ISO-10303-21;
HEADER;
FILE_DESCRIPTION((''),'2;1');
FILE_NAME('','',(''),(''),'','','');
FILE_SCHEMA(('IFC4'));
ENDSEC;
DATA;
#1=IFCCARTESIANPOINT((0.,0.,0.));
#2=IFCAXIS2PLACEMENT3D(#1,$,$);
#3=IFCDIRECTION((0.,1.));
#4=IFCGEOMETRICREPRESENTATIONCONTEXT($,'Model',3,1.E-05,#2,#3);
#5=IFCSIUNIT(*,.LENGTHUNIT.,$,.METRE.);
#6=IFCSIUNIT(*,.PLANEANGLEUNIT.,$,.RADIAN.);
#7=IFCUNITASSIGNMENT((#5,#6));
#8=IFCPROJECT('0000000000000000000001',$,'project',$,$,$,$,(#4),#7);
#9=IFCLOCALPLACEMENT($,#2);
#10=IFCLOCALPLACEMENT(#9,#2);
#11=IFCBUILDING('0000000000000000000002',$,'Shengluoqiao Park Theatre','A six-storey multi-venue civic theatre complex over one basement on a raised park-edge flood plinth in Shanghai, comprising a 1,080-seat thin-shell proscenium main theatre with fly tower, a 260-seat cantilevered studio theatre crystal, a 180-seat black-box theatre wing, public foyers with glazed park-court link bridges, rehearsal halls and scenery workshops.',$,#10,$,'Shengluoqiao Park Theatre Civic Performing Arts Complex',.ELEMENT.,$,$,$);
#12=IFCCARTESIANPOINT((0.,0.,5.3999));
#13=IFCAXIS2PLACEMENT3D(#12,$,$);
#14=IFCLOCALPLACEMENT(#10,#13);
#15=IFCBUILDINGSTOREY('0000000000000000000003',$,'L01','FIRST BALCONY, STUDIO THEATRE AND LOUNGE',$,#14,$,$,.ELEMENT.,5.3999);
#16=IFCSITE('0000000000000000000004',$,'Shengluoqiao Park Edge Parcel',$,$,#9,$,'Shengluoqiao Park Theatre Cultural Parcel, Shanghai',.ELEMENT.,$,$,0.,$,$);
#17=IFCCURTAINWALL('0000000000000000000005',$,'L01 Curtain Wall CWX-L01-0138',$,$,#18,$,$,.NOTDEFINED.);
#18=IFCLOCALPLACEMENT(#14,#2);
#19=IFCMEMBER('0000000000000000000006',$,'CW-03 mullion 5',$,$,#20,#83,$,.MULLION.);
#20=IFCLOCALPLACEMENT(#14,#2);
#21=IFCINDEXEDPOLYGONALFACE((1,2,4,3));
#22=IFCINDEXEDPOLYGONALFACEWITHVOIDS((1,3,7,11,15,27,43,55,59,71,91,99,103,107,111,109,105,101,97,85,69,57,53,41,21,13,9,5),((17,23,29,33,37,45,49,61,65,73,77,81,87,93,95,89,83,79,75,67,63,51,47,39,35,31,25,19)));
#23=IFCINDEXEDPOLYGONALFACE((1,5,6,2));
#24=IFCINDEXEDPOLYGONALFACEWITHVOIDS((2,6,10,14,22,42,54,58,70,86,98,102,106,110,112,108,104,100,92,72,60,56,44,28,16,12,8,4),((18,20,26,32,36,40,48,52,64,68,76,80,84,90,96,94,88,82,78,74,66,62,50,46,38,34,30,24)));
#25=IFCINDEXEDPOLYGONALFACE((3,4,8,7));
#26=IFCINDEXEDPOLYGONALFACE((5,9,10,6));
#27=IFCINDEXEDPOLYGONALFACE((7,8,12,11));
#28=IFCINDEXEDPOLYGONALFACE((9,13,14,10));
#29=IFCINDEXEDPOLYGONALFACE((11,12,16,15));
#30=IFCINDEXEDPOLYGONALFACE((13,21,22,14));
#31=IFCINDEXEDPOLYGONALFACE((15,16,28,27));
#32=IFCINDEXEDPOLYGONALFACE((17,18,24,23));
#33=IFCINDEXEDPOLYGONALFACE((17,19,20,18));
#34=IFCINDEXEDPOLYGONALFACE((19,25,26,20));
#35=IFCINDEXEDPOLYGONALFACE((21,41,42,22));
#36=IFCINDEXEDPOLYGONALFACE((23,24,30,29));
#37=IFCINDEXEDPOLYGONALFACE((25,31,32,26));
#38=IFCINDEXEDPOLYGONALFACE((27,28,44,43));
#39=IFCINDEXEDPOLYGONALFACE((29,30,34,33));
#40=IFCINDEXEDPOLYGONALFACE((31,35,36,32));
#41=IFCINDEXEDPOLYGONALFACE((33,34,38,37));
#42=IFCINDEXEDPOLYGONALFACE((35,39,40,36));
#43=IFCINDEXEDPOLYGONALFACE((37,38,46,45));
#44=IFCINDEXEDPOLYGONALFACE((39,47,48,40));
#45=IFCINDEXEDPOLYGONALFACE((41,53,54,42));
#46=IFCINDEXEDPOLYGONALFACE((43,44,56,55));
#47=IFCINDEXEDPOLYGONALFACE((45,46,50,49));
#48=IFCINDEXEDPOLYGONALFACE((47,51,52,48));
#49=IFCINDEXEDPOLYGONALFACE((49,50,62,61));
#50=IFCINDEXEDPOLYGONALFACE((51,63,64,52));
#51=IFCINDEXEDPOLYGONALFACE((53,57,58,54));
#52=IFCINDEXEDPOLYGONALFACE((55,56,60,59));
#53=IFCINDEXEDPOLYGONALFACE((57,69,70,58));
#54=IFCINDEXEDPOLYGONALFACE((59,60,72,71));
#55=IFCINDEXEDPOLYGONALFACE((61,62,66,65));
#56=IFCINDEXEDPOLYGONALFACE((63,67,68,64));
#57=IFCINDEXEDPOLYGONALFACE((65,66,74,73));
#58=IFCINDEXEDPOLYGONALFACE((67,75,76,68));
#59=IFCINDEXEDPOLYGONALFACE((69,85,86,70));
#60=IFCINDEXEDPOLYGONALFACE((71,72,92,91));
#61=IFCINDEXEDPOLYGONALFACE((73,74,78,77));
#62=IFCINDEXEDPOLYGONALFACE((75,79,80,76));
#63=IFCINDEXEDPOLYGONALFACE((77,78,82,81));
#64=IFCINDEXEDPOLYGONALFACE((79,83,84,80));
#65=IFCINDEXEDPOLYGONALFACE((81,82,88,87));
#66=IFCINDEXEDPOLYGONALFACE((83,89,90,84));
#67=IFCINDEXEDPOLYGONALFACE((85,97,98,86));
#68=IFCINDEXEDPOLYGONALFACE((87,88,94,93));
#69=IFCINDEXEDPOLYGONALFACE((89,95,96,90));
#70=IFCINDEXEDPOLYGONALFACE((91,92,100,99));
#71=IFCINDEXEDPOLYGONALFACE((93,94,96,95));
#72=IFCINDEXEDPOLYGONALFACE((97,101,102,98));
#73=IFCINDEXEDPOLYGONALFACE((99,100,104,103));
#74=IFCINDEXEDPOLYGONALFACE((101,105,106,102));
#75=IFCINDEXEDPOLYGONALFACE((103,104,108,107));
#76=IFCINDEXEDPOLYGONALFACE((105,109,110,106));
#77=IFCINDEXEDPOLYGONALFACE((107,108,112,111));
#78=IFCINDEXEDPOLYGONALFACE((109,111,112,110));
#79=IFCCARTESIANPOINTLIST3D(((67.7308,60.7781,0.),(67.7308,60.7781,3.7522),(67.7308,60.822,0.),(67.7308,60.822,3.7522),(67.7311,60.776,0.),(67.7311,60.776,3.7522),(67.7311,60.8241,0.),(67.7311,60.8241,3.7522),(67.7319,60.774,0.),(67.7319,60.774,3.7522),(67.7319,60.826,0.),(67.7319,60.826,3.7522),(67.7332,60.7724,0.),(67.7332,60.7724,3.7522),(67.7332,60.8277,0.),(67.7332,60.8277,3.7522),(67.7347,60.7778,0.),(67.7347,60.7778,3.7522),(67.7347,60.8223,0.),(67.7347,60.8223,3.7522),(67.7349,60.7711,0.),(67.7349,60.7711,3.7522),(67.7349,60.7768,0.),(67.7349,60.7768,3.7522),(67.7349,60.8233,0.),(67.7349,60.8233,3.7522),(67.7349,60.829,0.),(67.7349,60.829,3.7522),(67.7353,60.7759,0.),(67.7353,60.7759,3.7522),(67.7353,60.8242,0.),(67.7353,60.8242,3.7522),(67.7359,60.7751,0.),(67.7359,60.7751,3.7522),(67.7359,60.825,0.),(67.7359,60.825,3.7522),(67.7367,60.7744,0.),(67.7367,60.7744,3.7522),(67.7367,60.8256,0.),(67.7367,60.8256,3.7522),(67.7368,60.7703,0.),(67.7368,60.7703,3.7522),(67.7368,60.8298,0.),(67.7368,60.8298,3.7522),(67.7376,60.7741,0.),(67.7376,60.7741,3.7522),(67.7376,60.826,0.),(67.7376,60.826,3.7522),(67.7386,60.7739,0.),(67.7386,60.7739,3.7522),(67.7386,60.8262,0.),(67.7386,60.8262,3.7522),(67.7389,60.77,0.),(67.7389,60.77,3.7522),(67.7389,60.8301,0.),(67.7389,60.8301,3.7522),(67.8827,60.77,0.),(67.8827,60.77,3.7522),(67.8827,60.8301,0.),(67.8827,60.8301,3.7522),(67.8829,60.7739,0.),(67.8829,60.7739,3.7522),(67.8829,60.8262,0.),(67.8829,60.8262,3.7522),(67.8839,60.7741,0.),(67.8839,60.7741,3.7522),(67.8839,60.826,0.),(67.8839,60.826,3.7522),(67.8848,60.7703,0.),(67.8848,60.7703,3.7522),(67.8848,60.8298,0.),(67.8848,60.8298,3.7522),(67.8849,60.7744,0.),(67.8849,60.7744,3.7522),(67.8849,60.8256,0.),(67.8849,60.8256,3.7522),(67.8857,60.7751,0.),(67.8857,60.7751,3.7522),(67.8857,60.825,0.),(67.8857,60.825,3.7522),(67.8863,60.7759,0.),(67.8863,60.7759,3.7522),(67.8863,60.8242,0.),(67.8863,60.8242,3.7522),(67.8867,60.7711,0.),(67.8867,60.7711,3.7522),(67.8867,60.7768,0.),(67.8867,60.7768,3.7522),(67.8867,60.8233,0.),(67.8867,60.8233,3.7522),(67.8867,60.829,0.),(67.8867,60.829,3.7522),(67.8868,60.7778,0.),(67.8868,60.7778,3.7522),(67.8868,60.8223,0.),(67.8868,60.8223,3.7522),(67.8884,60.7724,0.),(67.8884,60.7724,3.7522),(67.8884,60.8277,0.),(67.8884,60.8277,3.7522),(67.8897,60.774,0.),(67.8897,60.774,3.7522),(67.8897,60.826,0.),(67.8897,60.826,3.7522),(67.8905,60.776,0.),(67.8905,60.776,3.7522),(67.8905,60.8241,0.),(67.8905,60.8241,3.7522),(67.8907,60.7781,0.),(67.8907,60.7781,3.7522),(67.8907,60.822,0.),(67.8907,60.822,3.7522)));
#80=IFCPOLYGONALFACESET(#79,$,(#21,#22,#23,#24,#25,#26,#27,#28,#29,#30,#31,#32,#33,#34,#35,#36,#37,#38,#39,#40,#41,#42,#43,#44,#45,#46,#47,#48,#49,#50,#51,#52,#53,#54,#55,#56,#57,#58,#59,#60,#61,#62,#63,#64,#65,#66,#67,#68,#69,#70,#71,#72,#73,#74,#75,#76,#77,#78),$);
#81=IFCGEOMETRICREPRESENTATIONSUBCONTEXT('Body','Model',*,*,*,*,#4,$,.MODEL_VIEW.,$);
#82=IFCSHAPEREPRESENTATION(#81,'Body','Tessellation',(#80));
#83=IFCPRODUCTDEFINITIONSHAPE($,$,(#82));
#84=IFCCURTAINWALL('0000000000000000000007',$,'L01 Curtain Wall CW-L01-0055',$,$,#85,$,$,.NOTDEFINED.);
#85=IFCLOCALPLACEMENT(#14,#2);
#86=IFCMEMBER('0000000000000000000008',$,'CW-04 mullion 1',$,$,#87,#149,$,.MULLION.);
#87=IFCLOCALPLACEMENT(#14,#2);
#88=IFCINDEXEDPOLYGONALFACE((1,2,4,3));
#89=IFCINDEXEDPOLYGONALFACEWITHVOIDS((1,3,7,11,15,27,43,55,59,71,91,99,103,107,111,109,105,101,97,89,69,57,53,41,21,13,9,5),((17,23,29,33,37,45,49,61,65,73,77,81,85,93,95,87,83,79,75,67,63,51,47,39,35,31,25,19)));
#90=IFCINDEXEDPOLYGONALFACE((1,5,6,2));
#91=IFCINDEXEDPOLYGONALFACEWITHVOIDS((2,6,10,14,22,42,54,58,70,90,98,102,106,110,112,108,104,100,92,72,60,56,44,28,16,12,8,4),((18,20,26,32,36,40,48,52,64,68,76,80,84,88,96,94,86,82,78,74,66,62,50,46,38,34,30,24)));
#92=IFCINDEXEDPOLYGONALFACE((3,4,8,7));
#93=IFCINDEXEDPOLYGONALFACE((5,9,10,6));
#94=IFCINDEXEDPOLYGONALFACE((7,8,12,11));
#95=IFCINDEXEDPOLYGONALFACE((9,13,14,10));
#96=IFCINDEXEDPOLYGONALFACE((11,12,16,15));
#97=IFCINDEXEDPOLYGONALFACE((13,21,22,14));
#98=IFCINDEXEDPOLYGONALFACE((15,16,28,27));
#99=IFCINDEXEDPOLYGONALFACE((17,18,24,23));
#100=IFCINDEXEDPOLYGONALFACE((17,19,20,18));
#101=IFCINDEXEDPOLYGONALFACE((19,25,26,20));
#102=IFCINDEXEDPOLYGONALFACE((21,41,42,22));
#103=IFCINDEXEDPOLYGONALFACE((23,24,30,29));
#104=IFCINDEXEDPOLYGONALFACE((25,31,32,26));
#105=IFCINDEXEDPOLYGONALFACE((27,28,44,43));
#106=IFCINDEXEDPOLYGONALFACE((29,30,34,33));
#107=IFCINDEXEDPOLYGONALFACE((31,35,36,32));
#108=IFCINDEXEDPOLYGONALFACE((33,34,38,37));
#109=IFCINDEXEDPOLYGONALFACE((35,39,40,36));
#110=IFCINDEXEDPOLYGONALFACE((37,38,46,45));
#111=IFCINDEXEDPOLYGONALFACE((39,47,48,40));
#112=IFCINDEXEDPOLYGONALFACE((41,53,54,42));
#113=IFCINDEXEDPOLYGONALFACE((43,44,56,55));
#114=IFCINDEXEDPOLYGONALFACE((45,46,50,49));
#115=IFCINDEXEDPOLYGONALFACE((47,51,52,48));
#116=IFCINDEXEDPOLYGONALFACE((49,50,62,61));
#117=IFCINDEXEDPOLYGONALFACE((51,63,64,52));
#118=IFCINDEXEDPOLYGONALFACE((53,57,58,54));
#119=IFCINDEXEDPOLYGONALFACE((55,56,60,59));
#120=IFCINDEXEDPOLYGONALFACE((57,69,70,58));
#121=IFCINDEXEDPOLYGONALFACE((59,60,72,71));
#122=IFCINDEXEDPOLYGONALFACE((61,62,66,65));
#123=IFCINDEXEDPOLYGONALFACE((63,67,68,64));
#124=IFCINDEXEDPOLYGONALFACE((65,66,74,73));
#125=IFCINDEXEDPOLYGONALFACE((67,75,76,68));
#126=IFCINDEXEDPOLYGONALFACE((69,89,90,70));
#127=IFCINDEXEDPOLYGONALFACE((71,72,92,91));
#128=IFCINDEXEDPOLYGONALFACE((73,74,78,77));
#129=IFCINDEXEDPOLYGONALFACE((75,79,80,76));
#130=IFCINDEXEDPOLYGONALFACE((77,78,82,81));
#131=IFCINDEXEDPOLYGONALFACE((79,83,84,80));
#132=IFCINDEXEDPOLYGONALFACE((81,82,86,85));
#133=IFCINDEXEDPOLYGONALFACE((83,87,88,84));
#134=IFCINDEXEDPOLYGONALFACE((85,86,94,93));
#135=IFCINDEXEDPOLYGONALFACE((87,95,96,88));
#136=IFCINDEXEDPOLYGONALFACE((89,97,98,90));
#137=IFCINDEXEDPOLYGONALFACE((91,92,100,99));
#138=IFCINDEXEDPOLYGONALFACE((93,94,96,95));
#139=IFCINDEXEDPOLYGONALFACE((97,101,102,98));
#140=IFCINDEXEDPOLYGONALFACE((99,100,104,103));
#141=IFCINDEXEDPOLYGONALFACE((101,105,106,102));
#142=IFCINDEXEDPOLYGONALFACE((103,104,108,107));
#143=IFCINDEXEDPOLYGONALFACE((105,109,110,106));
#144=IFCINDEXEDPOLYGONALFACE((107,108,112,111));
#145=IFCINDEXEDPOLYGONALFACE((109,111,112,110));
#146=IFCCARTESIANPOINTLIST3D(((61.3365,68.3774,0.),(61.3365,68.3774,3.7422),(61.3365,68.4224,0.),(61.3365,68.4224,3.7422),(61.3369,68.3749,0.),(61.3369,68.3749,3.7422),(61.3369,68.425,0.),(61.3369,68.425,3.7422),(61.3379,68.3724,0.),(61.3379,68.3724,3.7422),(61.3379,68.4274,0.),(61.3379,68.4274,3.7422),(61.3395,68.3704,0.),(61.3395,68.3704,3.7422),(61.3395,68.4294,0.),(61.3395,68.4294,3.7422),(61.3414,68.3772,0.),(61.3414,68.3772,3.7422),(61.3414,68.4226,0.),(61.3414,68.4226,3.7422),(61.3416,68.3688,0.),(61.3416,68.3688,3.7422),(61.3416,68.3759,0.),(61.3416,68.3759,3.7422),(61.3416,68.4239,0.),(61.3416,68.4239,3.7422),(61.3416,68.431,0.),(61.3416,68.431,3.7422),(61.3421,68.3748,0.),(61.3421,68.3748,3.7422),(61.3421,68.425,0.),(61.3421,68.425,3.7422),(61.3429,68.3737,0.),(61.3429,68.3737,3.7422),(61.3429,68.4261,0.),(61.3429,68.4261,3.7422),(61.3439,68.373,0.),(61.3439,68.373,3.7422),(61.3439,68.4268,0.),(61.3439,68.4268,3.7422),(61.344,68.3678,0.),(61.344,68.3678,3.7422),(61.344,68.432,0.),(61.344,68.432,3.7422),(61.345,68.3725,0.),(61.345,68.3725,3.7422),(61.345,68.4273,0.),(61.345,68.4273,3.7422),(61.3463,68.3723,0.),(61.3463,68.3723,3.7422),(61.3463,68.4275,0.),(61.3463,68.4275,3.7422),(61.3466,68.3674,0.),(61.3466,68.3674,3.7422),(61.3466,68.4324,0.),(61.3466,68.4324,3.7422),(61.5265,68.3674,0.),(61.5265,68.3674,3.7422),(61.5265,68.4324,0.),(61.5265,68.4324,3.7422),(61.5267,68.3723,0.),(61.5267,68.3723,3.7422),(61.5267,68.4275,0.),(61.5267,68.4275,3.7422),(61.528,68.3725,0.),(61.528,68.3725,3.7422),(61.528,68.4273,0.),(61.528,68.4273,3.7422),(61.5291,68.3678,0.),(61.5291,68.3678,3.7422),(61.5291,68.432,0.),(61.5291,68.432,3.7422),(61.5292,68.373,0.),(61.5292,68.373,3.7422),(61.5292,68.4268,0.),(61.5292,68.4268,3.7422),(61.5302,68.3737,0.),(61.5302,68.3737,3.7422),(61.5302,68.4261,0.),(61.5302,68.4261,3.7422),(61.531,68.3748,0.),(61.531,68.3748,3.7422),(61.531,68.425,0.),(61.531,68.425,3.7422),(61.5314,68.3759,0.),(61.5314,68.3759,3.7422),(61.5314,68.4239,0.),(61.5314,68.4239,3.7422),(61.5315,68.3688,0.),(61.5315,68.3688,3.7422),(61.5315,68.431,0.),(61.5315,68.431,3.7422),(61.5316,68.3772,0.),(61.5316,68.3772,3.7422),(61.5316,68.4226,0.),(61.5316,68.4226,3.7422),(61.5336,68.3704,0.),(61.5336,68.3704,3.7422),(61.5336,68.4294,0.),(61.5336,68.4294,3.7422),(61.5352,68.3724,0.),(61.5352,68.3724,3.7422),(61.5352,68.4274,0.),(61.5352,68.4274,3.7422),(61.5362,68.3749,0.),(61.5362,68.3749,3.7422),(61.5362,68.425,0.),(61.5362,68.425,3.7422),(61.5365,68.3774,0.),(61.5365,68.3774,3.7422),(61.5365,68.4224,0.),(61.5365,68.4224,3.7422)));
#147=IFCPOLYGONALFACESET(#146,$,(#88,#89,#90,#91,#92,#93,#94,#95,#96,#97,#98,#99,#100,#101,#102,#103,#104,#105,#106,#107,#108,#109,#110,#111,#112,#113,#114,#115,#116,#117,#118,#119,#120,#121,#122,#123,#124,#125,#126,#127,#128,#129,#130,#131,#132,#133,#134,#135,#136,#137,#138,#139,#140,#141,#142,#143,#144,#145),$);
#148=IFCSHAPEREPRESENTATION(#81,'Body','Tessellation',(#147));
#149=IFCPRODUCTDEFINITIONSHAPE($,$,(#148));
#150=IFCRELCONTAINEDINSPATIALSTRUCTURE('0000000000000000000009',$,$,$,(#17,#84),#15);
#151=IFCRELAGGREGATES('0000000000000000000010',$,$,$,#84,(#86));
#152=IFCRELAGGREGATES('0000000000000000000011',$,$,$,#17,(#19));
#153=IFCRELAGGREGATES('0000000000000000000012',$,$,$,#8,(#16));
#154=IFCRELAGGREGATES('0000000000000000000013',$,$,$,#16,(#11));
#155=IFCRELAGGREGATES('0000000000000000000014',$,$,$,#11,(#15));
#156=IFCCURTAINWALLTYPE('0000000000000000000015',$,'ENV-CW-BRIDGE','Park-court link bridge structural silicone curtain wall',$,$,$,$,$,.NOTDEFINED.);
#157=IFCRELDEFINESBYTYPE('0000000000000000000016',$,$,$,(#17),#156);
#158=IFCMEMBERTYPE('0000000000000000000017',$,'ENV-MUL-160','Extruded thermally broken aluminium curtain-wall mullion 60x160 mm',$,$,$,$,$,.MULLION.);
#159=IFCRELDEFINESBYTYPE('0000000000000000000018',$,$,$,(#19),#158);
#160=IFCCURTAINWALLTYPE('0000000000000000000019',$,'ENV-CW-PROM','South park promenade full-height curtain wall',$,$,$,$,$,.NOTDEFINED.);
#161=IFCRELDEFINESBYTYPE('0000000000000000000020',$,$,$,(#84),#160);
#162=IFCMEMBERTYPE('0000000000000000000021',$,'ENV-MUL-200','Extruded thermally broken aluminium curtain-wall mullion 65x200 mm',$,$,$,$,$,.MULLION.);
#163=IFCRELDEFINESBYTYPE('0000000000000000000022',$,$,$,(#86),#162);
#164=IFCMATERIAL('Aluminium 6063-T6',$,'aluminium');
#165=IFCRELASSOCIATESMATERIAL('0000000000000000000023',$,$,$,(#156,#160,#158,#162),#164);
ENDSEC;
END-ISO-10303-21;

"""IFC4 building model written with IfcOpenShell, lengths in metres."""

from ifc_helpers import new_model, si_unit, direction, frame, origin, origin_2d, place, context, subcontext, project, spatial, hollow_rectangle, extrude, material, material_profile, profile_set, type_object, element, aggregate, save


model = new_model("IFC4")

# Units and contexts
model_context = context("Model", 3, precision=1e-05, world=origin(), true_north=direction((0.0, 1.0)))
body_context = subcontext(model_context, "Body", "Model", "MODEL_VIEW")
ifc_project = project(units=[si_unit("LENGTHUNIT", "METRE"), si_unit("PLANEANGLEUNIT", "RADIAN")], contexts=[model_context])

# Site, building, storey
site_placement = place(None, origin())
site = spatial("IfcSite", under=ifc_project, at=site_placement, Name="Shengluoqiao Park Edge Parcel", LongName="Shengluoqiao Park Theatre Cultural Parcel, Shanghai", CompositionType="ELEMENT", RefElevation=0.0)
building_placement = place(site_placement, origin())
building = spatial("IfcBuilding", under=site, at=building_placement, Name="Shengluoqiao Park Theatre", Description="A six-storey multi-venue civic theatre complex over one basement on a raised park-edge flood plinth in Shanghai, comprising a 1,080-seat thin-shell proscenium main theatre with fly tower, a 260-seat cantilevered studio theatre crystal, a 180-seat black-box theatre wing, public foyers with glazed park-court link bridges, rehearsal halls and scenery workshops.", LongName="Shengluoqiao Park Theatre Civic Performing Arts Complex", CompositionType="ELEMENT")
storey_placement = place(building_placement, frame((0.0, 0.0, 5.3999)))
storey = spatial("IfcBuildingStorey", under=building, at=storey_placement, Name="L01", Description="FIRST BALCONY, STUDIO THEATRE AND LOUNGE", CompositionType="ELEMENT", Elevation=5.3999)

# Curtain wall, member
ifc_material_1 = material(Name="Aluminium 6063-T6", Category="aluminium")
curtain_wall_type_1 = type_object("IfcCurtainWallType", Name="ENV-CW-BRIDGE", Description="Park-court link bridge structural silicone curtain wall", PredefinedType="NOTDEFINED", material=ifc_material_1)
curtain_wall_1_placement = place(storey_placement, origin())
curtain_wall_1 = element("IfcCurtainWall", 1, at=curtain_wall_1_placement, inside=storey, type_object=curtain_wall_type_1, Name="L01 Curtain Wall CWX-L01-0138", PredefinedType="NOTDEFINED")
ifc_material_profile_1 = material_profile(ifc_material_1, hollow_rectangle(XDim=0.0601, YDim=0.1599, WallThickness=0.0039, InnerFilletRadius=0.0039, OuterFilletRadius=0.0081, at=origin_2d()), Name="ALU MULLION 160x60x4")
ifc_profile_set_1 = profile_set([ifc_material_profile_1], Name="Aluminium 6063-T6")
member_type_1 = type_object("IfcMemberType", Name="ENV-MUL-160", Description="Extruded thermally broken aluminium curtain-wall mullion 60x160 mm", PredefinedType="MULLION", material=ifc_profile_set_1)
member_1_placement = place(storey_placement, frame((67.8108, 60.8, 0.0), z_axis=(0.0, 0.0, 1.0), x_axis=(0.0, 1.0, 0.0)))
member_1 = element("IfcMember", 2, at=member_1_placement, type_object=member_type_1, Name="CW-03 mullion 5", PredefinedType="MULLION", context=body_context, shape_type="SweptSolid", body=[
    extrude(hollow_rectangle(XDim=0.0601, YDim=0.1599, WallThickness=0.0039, InnerFilletRadius=0.0039, OuterFilletRadius=0.0081, at=origin_2d()), origin(), (0.0, 0.0, 1.0), 3.7522),
])

# Curtain wall, member
curtain_wall_type_2 = type_object("IfcCurtainWallType", Name="ENV-CW-PROM", Description="South park promenade full-height curtain wall", PredefinedType="NOTDEFINED", material=ifc_material_1)
curtain_wall_2_placement = place(storey_placement, origin())
curtain_wall_2 = element("IfcCurtainWall", 3, at=curtain_wall_2_placement, inside=storey, type_object=curtain_wall_type_2, Name="L01 Curtain Wall CW-L01-0055", PredefinedType="NOTDEFINED")
ifc_material_profile_2 = material_profile(ifc_material_1, hollow_rectangle(XDim=0.0649, YDim=0.2, WallThickness=0.0049, InnerFilletRadius=0.0049, OuterFilletRadius=0.01, at=origin_2d()), Name="ALU MULLION 200x65x5")
ifc_profile_set_2 = profile_set([ifc_material_profile_2], Name="Aluminium 6063-T6")
member_type_2 = type_object("IfcMemberType", Name="ENV-MUL-200", Description="Extruded thermally broken aluminium curtain-wall mullion 65x200 mm", PredefinedType="MULLION", material=ifc_profile_set_2)
member_2_placement = place(storey_placement, frame((61.4365, 68.3999, 0.0), z_axis=(0.0, 0.0, 1.0), x_axis=(0.0, 1.0, 0.0)))
member_2 = element("IfcMember", 4, at=member_2_placement, type_object=member_type_2, Name="CW-04 mullion 1", PredefinedType="MULLION", context=body_context, shape_type="SweptSolid", body=[
    extrude(hollow_rectangle(XDim=0.0649, YDim=0.2, WallThickness=0.0049, InnerFilletRadius=0.0049, OuterFilletRadius=0.01, at=origin_2d()), origin(), (0.0, 0.0, 1.0), 3.7422),
])

aggregate(curtain_wall_2, [member_2])

aggregate(curtain_wall_1, [member_1])

save(model, "model.ifc")
